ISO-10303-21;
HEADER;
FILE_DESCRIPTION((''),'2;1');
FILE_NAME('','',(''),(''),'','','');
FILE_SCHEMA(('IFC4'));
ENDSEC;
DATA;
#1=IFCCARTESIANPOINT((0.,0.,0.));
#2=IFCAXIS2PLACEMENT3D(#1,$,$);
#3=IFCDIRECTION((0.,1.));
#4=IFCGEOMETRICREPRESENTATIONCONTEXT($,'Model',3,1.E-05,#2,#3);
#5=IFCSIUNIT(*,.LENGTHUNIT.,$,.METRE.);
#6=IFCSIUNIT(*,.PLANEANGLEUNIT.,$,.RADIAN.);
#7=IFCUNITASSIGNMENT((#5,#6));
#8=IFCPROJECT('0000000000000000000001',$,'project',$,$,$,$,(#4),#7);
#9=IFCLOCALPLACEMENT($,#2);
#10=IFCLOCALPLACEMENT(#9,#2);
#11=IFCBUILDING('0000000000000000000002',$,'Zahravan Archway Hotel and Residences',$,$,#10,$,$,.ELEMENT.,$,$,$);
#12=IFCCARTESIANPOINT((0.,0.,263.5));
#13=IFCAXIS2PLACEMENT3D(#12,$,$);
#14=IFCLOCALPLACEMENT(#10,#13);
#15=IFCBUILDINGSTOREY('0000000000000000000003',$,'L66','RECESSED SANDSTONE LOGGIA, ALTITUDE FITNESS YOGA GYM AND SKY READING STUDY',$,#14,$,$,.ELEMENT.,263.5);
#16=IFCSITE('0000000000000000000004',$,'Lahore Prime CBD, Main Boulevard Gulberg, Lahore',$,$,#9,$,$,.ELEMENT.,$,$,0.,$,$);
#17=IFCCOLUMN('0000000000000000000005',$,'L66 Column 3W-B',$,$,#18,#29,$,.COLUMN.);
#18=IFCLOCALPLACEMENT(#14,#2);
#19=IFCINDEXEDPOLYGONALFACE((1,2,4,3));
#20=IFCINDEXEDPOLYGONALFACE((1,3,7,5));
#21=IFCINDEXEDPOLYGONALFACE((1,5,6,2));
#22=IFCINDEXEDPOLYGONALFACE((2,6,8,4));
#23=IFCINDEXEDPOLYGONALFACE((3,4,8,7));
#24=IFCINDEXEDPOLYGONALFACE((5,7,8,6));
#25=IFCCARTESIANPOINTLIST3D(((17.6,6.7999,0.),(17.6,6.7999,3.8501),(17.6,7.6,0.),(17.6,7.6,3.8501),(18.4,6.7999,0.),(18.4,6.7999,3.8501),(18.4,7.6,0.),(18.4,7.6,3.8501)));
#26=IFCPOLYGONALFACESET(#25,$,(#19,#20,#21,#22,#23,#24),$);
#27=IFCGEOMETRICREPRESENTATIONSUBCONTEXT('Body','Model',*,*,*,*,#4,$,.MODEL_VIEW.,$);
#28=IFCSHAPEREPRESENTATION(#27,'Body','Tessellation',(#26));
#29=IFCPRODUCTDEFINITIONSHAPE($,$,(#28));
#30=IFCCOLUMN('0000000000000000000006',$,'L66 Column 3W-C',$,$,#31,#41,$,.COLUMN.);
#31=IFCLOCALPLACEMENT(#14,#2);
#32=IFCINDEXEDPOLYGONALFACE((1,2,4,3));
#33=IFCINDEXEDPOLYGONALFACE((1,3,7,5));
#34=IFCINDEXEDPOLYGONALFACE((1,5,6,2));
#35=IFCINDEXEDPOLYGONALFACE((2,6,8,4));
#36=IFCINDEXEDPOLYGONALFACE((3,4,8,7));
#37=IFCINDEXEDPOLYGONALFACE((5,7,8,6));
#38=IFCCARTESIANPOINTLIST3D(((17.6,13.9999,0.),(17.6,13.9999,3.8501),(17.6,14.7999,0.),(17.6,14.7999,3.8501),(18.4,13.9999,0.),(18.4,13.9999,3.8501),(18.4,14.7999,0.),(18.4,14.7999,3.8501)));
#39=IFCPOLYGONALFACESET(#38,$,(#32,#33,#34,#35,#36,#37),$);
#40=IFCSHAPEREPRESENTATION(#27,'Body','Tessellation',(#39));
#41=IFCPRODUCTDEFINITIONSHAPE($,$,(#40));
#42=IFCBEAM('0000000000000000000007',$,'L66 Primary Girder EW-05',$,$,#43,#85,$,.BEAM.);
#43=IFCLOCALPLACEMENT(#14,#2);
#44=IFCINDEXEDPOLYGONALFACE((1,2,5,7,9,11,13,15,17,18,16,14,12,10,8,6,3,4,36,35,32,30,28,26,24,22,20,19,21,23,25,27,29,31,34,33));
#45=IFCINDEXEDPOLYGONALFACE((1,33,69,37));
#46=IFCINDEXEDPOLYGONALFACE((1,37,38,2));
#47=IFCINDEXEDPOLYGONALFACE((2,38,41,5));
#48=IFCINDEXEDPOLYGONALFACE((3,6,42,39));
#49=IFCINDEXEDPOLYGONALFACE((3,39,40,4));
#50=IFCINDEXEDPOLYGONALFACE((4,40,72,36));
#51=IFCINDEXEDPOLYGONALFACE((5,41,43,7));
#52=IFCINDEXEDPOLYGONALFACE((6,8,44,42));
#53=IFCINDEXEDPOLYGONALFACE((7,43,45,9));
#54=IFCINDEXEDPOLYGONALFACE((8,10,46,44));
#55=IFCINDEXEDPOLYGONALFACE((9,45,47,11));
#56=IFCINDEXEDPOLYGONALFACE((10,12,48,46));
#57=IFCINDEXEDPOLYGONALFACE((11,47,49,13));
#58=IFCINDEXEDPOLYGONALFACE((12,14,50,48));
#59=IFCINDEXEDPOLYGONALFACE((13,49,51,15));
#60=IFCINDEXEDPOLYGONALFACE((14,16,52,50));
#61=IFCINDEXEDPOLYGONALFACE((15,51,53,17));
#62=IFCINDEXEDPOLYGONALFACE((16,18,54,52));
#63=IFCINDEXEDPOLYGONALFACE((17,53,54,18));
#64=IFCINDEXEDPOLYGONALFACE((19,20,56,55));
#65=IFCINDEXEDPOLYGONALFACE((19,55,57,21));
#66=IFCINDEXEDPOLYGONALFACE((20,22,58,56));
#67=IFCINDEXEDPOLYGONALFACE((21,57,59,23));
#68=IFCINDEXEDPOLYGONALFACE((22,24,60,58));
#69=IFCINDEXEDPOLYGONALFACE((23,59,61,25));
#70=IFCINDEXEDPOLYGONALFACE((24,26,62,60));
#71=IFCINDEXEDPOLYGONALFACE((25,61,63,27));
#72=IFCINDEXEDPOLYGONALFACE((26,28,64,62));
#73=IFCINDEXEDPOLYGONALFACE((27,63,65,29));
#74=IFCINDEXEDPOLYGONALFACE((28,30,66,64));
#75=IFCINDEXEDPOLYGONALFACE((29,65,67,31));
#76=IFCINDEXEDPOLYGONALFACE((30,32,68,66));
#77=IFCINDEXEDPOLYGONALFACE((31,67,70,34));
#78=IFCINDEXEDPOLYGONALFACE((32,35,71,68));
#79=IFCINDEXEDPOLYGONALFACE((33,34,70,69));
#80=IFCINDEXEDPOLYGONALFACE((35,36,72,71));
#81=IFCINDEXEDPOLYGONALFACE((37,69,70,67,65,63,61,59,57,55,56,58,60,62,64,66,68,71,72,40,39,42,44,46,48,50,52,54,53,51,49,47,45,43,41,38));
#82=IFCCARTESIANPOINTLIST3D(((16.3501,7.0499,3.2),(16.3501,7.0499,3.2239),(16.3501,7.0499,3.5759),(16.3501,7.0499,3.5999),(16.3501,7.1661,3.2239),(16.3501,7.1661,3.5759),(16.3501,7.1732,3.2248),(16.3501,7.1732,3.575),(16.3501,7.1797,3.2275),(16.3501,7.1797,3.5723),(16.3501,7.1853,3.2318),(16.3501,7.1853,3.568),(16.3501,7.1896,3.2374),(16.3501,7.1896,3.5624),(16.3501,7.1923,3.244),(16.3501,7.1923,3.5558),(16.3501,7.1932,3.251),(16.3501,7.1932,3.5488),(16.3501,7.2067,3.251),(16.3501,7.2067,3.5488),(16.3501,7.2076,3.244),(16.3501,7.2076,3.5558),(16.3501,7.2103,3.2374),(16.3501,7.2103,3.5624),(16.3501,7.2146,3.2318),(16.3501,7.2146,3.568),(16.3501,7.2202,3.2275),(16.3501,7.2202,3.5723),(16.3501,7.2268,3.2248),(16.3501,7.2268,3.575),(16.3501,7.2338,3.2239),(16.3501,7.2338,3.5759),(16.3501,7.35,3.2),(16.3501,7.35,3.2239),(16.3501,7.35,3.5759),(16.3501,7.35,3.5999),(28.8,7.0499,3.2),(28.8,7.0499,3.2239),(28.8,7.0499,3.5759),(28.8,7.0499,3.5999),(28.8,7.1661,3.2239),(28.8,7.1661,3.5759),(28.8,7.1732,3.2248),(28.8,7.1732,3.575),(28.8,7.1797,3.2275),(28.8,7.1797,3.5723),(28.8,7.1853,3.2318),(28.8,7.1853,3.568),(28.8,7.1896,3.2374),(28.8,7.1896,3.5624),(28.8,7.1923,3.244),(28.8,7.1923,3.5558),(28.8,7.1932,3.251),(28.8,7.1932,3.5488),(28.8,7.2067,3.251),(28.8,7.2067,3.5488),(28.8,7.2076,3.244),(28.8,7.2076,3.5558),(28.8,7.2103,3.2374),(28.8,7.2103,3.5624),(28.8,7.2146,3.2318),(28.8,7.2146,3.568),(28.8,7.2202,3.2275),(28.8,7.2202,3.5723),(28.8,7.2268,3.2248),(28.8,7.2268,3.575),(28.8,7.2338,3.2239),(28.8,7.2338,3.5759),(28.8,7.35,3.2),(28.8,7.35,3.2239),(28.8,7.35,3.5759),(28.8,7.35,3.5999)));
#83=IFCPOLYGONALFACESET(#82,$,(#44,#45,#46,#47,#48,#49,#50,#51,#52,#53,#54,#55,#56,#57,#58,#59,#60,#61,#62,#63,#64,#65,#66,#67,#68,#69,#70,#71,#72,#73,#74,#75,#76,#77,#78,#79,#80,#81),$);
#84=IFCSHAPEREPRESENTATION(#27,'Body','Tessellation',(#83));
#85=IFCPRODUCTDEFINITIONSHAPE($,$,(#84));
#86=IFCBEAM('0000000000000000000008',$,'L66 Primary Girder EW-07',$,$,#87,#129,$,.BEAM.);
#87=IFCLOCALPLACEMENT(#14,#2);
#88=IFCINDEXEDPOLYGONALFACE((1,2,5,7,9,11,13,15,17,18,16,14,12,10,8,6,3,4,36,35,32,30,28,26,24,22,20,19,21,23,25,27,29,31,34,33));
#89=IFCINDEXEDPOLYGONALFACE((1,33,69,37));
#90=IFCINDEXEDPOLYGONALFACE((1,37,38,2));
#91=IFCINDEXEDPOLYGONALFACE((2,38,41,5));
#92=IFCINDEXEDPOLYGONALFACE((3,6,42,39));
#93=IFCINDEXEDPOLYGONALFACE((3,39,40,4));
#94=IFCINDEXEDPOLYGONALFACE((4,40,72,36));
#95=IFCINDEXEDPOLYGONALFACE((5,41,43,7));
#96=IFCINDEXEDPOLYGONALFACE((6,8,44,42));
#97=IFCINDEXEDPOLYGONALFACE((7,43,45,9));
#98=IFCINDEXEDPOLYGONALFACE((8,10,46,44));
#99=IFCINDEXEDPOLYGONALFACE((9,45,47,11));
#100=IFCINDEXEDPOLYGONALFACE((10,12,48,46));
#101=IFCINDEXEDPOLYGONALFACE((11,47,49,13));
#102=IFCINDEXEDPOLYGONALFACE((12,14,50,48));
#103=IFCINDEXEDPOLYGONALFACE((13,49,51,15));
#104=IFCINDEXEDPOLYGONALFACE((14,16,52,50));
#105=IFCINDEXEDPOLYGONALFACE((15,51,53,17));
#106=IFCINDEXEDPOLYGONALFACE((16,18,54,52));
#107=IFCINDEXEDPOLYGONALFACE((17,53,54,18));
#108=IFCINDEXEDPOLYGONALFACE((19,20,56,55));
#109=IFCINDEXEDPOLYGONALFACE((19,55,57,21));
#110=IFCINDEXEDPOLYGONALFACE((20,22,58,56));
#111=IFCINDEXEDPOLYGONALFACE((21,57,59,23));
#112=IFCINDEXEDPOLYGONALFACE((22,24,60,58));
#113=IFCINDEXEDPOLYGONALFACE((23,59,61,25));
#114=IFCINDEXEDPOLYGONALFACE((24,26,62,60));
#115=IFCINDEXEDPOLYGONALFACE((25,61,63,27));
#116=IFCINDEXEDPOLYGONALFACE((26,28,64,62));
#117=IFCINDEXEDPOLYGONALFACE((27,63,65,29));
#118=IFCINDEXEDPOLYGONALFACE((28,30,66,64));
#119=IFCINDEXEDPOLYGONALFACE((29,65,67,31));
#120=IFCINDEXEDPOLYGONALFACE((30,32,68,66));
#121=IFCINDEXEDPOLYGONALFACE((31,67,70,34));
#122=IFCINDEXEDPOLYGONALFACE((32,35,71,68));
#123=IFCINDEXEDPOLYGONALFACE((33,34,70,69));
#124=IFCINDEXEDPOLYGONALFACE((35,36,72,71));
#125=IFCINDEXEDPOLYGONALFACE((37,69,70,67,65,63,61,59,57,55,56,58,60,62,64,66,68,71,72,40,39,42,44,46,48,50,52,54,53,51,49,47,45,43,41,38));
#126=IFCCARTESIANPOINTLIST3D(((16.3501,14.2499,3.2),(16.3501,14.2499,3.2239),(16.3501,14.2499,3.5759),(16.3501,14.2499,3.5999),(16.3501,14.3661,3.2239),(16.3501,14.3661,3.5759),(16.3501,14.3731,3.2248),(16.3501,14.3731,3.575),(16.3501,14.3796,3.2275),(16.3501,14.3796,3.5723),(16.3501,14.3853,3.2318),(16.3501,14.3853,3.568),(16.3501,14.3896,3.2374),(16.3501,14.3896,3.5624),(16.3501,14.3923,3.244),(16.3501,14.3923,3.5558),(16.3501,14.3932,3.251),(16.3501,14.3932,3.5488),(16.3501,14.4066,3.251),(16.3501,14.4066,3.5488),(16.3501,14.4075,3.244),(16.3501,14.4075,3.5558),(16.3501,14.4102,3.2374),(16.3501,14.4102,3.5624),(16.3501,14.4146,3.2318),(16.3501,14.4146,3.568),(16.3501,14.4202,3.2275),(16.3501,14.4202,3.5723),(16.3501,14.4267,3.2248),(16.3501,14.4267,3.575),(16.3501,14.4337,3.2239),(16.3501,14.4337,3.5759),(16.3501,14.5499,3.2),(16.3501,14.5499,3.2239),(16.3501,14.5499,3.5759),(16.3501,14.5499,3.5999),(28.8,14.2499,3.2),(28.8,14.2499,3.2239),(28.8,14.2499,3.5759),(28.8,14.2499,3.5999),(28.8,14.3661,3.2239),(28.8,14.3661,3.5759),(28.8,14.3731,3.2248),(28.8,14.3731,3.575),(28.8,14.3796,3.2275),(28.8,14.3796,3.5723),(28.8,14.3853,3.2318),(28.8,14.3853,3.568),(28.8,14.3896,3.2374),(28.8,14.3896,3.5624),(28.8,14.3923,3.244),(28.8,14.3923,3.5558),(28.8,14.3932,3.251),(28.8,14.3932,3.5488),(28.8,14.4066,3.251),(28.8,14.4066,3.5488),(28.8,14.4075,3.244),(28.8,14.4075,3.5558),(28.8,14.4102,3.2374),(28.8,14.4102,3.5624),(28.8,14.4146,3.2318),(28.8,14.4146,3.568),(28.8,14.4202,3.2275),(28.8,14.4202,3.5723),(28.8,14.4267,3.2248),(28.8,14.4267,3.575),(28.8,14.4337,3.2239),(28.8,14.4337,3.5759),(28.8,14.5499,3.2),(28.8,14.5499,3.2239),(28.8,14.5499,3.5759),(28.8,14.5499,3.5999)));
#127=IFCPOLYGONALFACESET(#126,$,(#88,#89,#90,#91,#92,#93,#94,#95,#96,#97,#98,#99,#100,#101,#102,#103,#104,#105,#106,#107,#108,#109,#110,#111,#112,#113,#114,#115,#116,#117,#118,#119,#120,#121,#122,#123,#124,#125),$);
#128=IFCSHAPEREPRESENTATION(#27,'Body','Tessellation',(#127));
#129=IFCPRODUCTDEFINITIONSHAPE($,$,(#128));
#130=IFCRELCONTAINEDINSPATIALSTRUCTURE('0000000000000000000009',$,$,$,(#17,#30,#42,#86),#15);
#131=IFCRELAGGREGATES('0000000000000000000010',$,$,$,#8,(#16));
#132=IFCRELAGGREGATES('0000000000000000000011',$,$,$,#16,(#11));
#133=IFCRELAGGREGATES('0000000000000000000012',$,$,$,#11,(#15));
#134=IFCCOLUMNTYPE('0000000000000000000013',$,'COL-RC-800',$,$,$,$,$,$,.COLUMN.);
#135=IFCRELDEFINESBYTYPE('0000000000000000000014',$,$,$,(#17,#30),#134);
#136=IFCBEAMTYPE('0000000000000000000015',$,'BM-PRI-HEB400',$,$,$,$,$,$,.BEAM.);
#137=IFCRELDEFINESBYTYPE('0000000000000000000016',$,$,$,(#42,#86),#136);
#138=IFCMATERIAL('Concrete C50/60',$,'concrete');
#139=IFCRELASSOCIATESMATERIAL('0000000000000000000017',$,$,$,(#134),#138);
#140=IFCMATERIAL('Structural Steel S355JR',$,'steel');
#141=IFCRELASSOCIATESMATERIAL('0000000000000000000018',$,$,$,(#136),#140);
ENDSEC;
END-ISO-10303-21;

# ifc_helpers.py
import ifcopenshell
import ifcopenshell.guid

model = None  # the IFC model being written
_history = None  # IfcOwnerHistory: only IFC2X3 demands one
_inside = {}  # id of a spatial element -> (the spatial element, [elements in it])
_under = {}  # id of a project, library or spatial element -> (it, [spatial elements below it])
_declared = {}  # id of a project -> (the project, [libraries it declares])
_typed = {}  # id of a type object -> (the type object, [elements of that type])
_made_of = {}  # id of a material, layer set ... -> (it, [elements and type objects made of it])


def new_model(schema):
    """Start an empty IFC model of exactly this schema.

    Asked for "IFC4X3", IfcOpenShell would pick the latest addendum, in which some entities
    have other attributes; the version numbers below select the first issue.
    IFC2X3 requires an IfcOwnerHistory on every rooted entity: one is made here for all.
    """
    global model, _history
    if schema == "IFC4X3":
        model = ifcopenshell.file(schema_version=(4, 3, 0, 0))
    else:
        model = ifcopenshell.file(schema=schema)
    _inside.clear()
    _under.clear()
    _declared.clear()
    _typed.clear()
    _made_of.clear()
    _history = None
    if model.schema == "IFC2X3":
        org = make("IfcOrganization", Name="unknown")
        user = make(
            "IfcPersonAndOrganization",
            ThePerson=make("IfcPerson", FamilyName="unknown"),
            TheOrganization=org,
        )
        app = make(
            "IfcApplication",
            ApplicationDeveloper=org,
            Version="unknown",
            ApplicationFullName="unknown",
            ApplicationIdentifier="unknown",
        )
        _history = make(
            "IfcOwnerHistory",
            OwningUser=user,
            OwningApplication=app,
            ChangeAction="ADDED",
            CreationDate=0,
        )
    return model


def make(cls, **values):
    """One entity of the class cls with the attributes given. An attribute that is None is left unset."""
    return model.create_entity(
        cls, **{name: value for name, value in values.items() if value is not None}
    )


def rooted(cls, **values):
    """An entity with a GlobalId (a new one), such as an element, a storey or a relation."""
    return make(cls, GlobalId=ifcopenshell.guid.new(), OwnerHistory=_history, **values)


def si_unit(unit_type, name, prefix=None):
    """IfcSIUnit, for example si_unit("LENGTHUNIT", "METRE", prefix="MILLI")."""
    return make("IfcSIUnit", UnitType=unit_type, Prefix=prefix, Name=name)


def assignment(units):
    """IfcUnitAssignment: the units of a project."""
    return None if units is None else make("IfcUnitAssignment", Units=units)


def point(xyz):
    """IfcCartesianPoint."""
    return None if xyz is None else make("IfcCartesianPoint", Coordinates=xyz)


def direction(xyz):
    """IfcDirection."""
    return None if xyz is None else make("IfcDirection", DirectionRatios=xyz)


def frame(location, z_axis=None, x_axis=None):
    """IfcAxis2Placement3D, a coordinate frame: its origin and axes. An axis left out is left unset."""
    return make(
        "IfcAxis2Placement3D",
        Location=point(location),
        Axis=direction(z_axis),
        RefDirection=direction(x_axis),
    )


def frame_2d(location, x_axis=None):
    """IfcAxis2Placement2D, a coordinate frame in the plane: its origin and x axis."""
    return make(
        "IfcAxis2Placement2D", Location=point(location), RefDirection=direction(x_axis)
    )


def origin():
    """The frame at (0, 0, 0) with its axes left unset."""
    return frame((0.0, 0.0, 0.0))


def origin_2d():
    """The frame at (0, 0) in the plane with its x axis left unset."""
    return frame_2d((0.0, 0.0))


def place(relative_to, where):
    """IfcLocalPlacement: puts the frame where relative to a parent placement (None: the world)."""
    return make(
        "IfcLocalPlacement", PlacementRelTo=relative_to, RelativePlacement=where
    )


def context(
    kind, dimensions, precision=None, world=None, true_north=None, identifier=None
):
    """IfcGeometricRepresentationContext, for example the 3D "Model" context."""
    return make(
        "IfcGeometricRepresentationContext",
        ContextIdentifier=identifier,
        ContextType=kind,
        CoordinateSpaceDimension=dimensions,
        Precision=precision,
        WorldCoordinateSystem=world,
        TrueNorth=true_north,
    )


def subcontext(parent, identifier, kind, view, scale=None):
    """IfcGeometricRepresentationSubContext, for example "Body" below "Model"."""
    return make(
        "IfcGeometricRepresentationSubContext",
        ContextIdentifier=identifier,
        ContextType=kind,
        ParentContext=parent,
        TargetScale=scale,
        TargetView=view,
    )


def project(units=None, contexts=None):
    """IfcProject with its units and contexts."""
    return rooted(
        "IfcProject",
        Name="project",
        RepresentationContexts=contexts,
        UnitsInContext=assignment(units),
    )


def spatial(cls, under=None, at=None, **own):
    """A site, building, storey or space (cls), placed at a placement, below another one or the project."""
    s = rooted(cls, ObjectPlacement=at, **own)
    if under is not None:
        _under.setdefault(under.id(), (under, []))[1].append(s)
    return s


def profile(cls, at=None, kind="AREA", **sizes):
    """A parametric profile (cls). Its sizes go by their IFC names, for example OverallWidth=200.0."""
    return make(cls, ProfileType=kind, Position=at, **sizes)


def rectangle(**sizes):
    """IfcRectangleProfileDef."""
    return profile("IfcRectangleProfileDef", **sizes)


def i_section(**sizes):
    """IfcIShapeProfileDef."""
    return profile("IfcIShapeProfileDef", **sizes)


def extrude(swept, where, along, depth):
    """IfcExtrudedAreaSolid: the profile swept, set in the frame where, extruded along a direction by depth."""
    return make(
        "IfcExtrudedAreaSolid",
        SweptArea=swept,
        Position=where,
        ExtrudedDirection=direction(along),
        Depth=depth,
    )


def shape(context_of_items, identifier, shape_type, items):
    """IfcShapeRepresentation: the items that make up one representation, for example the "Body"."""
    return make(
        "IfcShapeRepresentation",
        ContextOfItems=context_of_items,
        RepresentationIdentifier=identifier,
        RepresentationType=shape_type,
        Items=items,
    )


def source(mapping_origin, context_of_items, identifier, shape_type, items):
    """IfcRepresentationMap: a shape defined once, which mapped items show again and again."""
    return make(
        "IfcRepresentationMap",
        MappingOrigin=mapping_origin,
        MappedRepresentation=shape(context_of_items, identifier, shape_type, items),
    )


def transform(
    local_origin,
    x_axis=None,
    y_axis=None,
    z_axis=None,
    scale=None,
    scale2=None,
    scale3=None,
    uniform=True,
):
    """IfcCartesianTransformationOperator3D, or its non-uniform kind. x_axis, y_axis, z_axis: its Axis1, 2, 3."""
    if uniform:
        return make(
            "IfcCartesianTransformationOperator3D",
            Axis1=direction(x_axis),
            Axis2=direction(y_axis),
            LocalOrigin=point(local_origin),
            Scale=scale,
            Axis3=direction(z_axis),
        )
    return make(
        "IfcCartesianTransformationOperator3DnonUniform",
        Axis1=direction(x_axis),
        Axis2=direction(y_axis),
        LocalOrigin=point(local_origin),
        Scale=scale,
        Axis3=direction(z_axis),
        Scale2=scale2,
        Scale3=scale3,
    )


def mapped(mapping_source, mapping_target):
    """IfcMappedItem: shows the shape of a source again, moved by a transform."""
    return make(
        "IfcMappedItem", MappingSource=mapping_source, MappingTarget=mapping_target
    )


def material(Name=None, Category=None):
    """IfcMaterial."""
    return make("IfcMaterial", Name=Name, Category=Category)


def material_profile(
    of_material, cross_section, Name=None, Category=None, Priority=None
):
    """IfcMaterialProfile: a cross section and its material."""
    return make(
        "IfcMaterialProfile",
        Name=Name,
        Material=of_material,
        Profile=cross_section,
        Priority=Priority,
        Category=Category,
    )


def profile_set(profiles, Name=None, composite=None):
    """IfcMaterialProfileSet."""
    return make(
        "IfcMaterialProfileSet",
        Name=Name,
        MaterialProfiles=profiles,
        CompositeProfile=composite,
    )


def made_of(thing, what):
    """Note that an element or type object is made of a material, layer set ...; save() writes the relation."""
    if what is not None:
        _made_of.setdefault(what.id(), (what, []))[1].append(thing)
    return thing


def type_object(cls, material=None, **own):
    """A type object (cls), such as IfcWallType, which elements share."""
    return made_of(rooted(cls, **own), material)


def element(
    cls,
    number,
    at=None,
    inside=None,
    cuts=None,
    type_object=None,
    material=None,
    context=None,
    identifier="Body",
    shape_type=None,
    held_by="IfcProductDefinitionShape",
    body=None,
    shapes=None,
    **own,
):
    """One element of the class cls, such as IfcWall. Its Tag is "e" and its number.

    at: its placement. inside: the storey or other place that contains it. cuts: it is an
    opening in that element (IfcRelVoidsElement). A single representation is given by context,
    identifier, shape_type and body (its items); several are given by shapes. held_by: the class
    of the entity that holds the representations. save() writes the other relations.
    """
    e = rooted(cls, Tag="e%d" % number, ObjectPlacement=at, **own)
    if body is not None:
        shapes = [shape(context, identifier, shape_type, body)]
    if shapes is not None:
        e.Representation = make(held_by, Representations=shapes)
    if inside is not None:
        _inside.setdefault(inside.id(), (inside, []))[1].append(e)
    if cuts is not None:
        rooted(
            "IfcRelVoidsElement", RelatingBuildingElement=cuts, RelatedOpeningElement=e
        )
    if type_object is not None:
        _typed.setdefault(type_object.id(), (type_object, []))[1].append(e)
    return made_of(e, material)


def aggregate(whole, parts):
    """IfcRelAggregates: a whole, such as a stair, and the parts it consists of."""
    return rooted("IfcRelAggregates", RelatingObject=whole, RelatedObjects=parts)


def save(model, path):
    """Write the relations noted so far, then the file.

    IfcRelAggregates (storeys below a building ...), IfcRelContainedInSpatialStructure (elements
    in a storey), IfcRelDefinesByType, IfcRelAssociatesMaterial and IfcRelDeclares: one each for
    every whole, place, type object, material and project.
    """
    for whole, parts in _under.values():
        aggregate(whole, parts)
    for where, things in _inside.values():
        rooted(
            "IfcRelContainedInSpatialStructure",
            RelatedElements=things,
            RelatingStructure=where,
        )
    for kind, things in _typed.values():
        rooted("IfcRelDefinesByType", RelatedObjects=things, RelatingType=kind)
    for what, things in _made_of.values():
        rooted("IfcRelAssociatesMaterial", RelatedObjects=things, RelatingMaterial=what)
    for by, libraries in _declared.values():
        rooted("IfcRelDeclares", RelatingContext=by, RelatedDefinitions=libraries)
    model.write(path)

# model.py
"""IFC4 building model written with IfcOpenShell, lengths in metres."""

from ifc_helpers import new_model, si_unit, direction, frame, origin, origin_2d, place, context, subcontext, project, spatial, rectangle, i_section, extrude, source, transform, mapped, material, material_profile, profile_set, type_object, element, save


model = new_model("IFC4")

# Units and contexts
model_context = context("Model", 3, precision=1e-05, world=origin(), true_north=direction((0.0, 1.0)))
body_context = subcontext(model_context, "Body", "Model", "MODEL_VIEW")
ifc_project = project(units=[si_unit("LENGTHUNIT", "METRE"), si_unit("PLANEANGLEUNIT", "RADIAN")], contexts=[model_context])

# Site, building, storey
site_placement = place(None, origin())
site = spatial("IfcSite", under=ifc_project, at=site_placement, Name="Lahore Prime CBD, Main Boulevard Gulberg, Lahore", CompositionType="ELEMENT", RefElevation=0.0)
building_placement = place(site_placement, origin())
building = spatial("IfcBuilding", under=site, at=building_placement, Name="Zahravan Archway Hotel and Residences", CompositionType="ELEMENT")
storey_placement = place(building_placement, frame((0.0, 0.0, 263.5)))
storey = spatial("IfcBuildingStorey", under=building, at=storey_placement, Name="L66", Description="RECESSED SANDSTONE LOGGIA, ALTITUDE FITNESS YOGA GYM AND SKY READING STUDY", CompositionType="ELEMENT", Elevation=263.5)

# Columns
ifc_material_1 = material(Name="Concrete C50/60", Category="concrete")
ifc_material_profile_1 = material_profile(ifc_material_1, rectangle(XDim=0.8, YDim=0.8, at=origin_2d()), Name="RC-COL-800x800", Category="concrete")
ifc_profile_set_1 = profile_set([ifc_material_profile_1], Name="Concrete C50/60")
column_type = type_object("IfcColumnType", Name="COL-RC-800", PredefinedType="COLUMN", material=ifc_profile_set_1)
shared_shape_1 = source(origin(), body_context, "Body", "SweptSolid", [
    extrude(rectangle(XDim=0.8, YDim=0.8, at=origin_2d()), origin(), (0.0, 0.0, 1.0), 3.8501),
])
for number, where, z_axis, x_axis, name in (
    (1, (18.0, 7.2, 0.0), (0.0, 0.0, 1.0), (1.0, 0.0, 0.0), "L66 Column 3W-B"),
    (2, (18.0, 14.3999, 0.0), (0.0, 0.0, 1.0), (1.0, 0.0, 0.0), "L66 Column 3W-C"),
):
    element("IfcColumn", number, at=place(storey_placement, frame(where, z_axis=z_axis, x_axis=x_axis)), inside=storey, type_object=column_type, Name=name, PredefinedType="COLUMN", context=body_context, shape_type="MappedRepresentation", body=[
        mapped(shared_shape_1, transform((0.0, 0.0, 0.0), scale=1.0)),
    ])

# Beams
ifc_material_2 = material(Name="Structural Steel S355JR", Category="steel")
ifc_material_profile_2 = material_profile(ifc_material_2, i_section(OverallWidth=0.3, OverallDepth=0.3999, WebThickness=0.0134, FlangeThickness=0.0239, FilletRadius=0.0271, at=origin_2d()), Name="HEB 400", Category="steel")
ifc_profile_set_2 = profile_set([ifc_material_profile_2], Name="Structural Steel S355JR")
beam_type = type_object("IfcBeamType", Name="BM-PRI-HEB400", PredefinedType="BEAM", material=ifc_profile_set_2)
shared_shape_2 = source(origin(), body_context, "Body", "SweptSolid", [
    extrude(i_section(OverallWidth=0.3, OverallDepth=0.3999, WebThickness=0.0134, FlangeThickness=0.0239, FilletRadius=0.0271, at=origin_2d()), origin(), (0.0, 0.0, 1.0), 12.45),
])
for number, where, z_axis, x_axis, name in (
    (3, (16.3501, 7.2, 3.3999), (1.0, 0.0, 0.0), (0.0, 1.0, 0.0), "L66 Primary Girder EW-05"),
    (4, (16.3501, 14.3999, 3.3999), (1.0, 0.0, 0.0), (0.0, 1.0, 0.0), "L66 Primary Girder EW-07"),
):
    element("IfcBeam", number, at=place(storey_placement, frame(where, z_axis=z_axis, x_axis=x_axis)), inside=storey, type_object=beam_type, Name=name, PredefinedType="BEAM", context=body_context, shape_type="MappedRepresentation", body=[
        mapped(shared_shape_2, transform((0.0, 0.0, 0.0), scale=1.0)),
    ])

save(model, "model.ifc")
